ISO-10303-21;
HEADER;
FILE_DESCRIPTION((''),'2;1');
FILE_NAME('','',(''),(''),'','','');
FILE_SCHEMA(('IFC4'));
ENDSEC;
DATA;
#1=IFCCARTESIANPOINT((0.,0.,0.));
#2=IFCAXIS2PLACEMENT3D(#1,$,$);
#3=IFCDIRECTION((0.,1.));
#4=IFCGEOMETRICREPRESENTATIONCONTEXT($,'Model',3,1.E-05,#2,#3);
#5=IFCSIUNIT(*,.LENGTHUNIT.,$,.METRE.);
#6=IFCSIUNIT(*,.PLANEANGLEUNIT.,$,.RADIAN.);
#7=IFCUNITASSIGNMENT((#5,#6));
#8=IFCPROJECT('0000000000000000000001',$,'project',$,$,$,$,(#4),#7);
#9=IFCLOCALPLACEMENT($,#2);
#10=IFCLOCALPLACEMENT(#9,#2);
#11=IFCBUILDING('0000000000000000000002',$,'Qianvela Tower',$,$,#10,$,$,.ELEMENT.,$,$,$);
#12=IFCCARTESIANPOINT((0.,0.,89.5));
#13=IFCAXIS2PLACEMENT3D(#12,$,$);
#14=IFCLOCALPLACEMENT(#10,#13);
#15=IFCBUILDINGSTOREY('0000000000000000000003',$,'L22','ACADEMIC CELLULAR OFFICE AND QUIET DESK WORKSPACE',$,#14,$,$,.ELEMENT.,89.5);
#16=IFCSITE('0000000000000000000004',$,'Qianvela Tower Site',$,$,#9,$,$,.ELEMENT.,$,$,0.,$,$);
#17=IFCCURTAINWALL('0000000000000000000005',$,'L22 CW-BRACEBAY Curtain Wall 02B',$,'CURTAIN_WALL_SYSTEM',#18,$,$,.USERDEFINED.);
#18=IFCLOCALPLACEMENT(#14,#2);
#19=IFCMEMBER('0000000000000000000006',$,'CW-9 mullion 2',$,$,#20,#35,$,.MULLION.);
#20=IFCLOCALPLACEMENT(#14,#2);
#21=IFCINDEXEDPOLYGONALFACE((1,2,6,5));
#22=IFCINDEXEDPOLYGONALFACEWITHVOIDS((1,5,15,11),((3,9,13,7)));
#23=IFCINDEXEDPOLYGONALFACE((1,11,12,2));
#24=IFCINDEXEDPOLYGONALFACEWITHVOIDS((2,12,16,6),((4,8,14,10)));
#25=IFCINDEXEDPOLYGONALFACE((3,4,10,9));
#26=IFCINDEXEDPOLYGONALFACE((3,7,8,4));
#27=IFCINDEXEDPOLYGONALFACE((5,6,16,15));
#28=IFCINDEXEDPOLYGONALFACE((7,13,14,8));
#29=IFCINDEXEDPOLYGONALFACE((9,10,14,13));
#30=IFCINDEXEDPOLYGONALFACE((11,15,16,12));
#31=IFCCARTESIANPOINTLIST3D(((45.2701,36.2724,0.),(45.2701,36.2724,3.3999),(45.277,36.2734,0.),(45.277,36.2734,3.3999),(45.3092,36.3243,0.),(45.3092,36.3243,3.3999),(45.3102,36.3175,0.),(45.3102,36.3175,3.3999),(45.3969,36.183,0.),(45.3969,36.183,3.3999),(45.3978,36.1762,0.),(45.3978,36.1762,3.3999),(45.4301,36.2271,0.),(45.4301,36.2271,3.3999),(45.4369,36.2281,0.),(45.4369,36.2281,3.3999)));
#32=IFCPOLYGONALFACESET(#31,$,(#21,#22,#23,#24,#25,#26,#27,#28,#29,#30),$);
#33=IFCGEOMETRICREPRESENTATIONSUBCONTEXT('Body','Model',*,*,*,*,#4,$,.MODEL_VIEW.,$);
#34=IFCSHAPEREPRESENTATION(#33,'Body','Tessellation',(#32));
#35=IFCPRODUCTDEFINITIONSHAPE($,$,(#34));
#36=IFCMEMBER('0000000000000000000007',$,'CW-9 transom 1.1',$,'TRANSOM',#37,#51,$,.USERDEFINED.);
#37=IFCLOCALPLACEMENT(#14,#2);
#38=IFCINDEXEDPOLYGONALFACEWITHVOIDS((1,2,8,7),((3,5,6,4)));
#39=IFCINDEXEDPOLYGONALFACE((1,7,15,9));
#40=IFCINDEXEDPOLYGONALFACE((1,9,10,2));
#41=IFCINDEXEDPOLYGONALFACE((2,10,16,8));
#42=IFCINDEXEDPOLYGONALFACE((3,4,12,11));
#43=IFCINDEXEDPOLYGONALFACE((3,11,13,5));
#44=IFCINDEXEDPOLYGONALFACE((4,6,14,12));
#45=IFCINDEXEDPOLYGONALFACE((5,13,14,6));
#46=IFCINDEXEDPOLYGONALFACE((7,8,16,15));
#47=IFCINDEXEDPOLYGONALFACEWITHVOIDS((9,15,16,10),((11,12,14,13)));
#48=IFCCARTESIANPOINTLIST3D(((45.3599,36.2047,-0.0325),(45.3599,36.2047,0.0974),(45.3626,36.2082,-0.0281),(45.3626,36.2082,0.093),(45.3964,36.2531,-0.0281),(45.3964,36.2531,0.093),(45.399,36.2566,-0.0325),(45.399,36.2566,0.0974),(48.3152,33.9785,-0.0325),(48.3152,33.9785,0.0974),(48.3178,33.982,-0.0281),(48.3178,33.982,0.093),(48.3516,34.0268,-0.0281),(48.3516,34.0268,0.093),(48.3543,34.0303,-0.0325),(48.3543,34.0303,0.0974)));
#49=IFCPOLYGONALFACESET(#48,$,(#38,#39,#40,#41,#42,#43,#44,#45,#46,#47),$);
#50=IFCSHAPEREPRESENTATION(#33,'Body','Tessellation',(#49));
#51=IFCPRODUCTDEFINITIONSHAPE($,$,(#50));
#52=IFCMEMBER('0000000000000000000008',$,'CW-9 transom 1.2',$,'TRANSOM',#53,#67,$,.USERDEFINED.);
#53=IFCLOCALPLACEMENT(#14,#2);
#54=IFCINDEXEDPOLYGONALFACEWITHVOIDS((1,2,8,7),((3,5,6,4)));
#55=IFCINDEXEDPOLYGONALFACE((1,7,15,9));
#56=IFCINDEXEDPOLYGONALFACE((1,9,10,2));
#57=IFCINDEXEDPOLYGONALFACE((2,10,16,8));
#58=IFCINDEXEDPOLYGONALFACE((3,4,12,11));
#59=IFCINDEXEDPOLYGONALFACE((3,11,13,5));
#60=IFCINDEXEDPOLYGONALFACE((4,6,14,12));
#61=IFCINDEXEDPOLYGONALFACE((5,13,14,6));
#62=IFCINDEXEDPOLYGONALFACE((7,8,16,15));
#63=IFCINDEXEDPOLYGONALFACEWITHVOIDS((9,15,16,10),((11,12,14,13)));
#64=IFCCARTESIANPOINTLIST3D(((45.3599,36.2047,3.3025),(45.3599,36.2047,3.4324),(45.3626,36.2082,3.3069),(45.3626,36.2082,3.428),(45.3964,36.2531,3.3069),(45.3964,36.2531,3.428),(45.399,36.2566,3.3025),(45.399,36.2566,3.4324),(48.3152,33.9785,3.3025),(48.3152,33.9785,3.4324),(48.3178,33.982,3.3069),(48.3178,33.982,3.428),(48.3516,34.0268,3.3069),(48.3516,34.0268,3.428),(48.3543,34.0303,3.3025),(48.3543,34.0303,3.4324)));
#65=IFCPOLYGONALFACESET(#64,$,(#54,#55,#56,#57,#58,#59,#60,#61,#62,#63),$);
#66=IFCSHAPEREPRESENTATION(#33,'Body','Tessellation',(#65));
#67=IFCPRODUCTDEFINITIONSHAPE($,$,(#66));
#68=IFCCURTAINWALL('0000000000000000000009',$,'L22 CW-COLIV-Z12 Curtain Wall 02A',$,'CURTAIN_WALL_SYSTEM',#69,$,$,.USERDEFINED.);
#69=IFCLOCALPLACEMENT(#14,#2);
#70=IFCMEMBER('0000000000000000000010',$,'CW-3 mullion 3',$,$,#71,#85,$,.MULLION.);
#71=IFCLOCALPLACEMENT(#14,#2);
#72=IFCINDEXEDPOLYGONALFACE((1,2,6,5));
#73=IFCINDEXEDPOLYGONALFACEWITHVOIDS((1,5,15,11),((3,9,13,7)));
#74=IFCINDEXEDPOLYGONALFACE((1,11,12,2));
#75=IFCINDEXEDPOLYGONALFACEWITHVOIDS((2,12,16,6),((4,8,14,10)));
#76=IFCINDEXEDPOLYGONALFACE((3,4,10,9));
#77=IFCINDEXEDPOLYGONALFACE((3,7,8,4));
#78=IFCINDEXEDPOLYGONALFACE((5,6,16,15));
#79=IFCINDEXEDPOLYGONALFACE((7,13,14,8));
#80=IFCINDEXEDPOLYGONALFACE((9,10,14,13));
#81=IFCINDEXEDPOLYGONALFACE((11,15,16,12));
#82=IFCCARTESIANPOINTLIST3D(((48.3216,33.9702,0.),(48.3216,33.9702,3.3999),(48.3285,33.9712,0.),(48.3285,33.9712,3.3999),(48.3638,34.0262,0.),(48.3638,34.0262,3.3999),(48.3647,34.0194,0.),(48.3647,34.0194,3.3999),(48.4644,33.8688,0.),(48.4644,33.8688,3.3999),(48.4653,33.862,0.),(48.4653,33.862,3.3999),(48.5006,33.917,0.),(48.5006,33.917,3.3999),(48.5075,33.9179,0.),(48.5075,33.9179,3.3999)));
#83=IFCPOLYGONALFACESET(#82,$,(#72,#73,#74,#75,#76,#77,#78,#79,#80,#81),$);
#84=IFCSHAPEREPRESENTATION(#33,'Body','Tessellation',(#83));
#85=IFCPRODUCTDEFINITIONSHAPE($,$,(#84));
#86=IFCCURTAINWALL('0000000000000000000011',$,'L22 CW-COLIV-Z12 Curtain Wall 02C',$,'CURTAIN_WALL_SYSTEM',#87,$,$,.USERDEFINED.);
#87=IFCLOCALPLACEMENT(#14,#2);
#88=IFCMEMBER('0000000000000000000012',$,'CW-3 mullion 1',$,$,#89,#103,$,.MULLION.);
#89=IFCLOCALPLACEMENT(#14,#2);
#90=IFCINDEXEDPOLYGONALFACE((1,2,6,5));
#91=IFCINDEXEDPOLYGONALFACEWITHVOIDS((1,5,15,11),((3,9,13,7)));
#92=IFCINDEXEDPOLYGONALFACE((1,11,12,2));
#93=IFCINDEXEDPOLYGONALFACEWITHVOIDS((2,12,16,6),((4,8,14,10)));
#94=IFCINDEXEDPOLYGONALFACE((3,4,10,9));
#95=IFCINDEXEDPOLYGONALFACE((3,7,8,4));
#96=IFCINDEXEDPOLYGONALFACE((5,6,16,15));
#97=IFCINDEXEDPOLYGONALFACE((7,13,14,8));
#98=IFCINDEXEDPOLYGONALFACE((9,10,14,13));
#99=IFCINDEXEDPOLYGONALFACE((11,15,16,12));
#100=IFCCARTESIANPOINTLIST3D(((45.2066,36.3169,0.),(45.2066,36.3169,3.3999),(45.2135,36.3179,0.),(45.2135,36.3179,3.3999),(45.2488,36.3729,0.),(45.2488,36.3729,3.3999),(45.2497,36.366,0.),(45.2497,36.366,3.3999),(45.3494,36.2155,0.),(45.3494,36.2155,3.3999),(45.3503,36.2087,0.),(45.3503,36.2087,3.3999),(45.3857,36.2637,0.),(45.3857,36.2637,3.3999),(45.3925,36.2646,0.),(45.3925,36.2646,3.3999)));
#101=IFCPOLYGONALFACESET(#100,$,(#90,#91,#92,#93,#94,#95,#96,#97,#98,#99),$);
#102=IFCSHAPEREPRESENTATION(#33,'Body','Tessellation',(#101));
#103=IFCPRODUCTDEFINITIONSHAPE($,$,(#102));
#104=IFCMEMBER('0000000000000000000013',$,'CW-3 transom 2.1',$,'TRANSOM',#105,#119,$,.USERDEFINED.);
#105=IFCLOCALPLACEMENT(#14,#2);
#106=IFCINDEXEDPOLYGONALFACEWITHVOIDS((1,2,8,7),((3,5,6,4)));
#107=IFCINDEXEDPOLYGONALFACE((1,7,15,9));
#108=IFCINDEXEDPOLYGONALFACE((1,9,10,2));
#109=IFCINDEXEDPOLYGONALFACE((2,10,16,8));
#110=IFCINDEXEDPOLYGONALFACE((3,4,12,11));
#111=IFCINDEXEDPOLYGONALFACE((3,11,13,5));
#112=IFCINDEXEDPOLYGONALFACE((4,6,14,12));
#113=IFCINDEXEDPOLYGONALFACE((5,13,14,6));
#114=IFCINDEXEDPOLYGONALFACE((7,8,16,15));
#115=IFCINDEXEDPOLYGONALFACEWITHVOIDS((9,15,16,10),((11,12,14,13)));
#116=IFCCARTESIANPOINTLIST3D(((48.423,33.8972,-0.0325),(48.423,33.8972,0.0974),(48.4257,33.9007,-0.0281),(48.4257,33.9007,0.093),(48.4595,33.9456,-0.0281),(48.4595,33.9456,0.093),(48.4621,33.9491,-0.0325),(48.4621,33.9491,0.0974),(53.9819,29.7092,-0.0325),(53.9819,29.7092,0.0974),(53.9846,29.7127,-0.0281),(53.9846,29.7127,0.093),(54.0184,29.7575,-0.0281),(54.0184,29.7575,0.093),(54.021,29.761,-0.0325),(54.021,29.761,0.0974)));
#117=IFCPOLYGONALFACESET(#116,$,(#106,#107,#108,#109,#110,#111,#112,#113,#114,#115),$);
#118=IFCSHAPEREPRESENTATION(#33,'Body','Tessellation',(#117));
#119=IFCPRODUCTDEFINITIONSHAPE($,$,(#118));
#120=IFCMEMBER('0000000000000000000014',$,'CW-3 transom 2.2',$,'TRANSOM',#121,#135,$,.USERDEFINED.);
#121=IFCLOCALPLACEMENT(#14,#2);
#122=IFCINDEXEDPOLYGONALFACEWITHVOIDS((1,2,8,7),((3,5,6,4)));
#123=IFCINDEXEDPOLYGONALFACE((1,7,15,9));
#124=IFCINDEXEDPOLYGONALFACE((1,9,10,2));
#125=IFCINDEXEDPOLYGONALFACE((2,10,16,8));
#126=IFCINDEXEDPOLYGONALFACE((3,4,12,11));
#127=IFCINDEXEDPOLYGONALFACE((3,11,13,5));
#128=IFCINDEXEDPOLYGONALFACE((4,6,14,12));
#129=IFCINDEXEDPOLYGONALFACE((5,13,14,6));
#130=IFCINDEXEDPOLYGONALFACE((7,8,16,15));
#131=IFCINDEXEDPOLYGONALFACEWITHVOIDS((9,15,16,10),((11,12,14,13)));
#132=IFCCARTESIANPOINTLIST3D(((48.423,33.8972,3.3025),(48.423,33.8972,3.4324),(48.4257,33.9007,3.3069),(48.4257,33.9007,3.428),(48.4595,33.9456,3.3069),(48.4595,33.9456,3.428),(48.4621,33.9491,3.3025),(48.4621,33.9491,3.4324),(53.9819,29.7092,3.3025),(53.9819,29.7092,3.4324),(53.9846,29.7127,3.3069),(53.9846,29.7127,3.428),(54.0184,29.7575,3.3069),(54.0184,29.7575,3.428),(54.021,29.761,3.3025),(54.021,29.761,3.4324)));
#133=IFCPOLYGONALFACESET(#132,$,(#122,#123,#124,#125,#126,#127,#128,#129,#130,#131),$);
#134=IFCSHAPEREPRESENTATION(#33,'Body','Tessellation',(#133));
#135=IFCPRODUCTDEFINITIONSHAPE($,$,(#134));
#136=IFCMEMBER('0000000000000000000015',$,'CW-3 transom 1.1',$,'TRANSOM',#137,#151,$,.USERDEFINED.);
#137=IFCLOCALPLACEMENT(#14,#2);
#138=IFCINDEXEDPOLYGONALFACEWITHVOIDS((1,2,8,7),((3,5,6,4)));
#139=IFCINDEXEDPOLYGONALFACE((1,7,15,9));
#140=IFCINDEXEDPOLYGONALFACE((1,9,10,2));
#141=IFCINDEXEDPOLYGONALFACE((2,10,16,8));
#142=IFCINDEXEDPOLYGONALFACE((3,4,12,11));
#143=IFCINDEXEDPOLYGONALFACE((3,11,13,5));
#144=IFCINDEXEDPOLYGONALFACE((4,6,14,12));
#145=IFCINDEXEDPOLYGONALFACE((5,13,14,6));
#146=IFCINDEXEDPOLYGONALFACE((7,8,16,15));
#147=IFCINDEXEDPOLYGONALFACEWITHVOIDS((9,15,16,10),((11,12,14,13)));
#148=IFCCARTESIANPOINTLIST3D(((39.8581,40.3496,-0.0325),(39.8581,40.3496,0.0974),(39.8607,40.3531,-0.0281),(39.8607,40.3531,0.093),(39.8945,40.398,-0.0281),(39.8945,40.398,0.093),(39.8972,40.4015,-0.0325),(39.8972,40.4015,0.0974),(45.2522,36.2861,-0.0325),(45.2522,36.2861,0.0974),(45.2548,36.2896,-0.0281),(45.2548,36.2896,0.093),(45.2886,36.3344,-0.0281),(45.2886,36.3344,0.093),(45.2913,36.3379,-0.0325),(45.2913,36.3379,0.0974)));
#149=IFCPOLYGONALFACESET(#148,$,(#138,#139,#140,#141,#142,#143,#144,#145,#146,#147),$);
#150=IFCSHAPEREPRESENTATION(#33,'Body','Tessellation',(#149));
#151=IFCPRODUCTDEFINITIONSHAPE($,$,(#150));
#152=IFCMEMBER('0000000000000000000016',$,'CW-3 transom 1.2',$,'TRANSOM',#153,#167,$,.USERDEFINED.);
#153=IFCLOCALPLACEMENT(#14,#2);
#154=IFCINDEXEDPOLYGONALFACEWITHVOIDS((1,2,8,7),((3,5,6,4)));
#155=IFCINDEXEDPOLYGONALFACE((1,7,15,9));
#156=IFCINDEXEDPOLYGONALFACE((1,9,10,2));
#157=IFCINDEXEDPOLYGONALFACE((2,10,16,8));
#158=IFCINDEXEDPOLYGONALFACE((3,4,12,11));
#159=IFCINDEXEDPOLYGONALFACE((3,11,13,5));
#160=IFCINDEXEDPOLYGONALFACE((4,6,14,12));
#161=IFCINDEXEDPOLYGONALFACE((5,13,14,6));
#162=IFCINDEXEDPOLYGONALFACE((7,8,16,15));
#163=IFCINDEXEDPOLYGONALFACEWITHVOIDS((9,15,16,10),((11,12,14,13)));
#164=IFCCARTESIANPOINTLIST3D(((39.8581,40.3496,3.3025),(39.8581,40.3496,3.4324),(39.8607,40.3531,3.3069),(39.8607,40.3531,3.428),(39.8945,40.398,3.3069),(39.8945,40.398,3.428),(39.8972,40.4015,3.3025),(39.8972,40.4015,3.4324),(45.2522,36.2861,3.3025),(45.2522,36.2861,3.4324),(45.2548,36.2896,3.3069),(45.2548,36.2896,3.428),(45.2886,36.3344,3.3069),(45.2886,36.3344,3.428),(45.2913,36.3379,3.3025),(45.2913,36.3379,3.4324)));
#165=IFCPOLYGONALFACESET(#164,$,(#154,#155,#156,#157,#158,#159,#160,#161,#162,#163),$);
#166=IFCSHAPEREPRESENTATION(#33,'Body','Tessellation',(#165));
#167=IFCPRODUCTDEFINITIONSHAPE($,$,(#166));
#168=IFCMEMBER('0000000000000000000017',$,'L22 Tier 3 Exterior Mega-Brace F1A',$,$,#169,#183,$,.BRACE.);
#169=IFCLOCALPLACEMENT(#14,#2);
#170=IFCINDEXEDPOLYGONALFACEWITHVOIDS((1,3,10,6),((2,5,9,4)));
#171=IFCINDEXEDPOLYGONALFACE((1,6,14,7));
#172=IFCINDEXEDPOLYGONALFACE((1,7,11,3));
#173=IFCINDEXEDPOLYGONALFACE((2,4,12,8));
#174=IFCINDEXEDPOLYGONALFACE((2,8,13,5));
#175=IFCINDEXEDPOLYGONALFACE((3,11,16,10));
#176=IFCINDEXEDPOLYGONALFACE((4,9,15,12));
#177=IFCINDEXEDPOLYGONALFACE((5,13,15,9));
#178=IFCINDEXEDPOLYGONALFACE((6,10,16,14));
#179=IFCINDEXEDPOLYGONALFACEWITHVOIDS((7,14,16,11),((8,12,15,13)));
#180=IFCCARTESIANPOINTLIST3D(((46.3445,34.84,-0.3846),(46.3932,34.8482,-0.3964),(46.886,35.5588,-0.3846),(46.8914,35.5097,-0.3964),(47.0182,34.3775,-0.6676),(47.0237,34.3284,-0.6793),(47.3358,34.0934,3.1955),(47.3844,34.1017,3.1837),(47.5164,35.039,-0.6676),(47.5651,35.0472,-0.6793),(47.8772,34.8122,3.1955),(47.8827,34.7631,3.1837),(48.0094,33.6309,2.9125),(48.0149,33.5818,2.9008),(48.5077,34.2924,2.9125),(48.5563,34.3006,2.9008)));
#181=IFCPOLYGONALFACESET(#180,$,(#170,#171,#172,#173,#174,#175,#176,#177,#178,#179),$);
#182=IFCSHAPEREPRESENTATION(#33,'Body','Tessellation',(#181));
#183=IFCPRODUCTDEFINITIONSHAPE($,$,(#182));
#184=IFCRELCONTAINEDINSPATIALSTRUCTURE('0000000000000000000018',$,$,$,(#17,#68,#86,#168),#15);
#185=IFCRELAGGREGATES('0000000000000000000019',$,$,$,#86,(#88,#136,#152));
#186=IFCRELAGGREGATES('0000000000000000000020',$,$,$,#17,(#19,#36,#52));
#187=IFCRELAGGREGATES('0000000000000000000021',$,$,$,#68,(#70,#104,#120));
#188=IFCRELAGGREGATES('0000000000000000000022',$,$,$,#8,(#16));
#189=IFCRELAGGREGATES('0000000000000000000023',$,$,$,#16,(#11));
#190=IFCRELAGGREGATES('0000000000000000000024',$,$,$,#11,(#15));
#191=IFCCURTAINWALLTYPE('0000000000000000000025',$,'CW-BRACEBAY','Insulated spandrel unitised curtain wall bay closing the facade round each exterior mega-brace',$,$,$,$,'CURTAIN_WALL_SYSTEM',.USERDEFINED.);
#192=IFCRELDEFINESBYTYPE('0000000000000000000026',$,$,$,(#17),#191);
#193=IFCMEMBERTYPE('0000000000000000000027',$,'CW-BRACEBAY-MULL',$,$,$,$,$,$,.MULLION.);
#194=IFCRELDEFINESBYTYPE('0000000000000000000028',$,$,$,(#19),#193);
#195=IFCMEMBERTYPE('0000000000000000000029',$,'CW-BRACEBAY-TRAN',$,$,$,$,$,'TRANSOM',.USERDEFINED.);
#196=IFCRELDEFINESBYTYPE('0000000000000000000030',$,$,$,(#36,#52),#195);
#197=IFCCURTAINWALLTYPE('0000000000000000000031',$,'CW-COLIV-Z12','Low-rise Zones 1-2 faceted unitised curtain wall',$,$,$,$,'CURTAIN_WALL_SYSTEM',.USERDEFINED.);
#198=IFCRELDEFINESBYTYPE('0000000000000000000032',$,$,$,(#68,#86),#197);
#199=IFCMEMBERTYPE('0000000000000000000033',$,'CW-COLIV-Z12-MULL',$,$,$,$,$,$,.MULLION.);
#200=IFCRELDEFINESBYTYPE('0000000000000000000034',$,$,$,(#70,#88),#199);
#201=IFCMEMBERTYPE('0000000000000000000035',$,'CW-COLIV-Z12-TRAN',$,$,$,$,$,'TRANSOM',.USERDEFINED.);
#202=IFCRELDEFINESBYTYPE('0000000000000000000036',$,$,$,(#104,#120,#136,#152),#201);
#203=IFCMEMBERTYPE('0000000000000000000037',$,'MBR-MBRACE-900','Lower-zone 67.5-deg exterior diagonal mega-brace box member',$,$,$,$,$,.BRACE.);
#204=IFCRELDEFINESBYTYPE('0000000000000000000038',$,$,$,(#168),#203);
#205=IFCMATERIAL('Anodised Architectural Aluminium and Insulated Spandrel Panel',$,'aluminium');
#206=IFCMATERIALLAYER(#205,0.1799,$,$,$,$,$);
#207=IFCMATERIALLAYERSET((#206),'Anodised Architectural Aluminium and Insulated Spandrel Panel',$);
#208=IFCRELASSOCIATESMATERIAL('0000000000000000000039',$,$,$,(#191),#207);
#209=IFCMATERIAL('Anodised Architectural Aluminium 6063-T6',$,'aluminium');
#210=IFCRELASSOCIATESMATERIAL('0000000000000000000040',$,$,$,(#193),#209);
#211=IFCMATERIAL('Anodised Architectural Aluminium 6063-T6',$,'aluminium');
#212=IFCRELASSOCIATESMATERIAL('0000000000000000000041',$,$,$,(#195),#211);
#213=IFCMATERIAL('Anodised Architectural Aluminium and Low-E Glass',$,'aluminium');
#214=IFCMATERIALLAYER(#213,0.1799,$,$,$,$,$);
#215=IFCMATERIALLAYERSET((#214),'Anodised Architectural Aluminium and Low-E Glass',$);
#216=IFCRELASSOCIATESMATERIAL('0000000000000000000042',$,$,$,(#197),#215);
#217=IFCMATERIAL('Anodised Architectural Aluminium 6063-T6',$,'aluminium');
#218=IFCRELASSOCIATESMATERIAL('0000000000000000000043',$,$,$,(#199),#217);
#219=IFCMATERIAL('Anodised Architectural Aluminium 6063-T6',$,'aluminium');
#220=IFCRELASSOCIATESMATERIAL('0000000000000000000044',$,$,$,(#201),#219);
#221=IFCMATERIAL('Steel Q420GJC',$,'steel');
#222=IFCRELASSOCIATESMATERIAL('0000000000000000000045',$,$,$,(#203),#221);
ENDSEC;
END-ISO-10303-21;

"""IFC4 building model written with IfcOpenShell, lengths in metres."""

from ifc_helpers import new_model, si_unit, direction, frame, origin, origin_2d, place, context, subcontext, project, spatial, hollow_rectangle, extrude, material, layer, layer_set, material_profile, profile_set, type_object, element, aggregate, save


model = new_model("IFC4")

# Units and contexts
model_context = context("Model", 3, precision=1e-05, world=origin(), true_north=direction((0.0, 1.0)))
body_context = subcontext(model_context, "Body", "Model", "MODEL_VIEW")
ifc_project = project(units=[si_unit("LENGTHUNIT", "METRE"), si_unit("PLANEANGLEUNIT", "RADIAN")], contexts=[model_context])

# Site, building, storey
site_placement = place(None, origin())
site = spatial("IfcSite", under=ifc_project, at=site_placement, Name="Qianvela Tower Site", CompositionType="ELEMENT", RefElevation=0.0)
building_placement = place(site_placement, origin())
building = spatial("IfcBuilding", under=site, at=building_placement, Name="Qianvela Tower", CompositionType="ELEMENT")
storey_placement = place(building_placement, frame((0.0, 0.0, 89.5)))
storey = spatial("IfcBuildingStorey", under=building, at=storey_placement, Name="L22", Description="ACADEMIC CELLULAR OFFICE AND QUIET DESK WORKSPACE", CompositionType="ELEMENT", Elevation=89.5)

# Curtain wall, members
ifc_material_1 = material(Name="Anodised Architectural Aluminium and Insulated Spandrel Panel", Category="aluminium")
ifc_layer_1 = layer(ifc_material_1, 0.1799)
ifc_layer_set_1 = layer_set([ifc_layer_1], Name="Anodised Architectural Aluminium and Insulated Spandrel Panel")
curtain_wall_type_1 = type_object("IfcCurtainWallType", Name="CW-BRACEBAY", Description="Insulated spandrel unitised curtain wall bay closing the facade round each exterior mega-brace", ElementType="CURTAIN_WALL_SYSTEM", PredefinedType="USERDEFINED", material=ifc_layer_set_1)
curtain_wall_1_placement = place(storey_placement, origin())
curtain_wall_1 = element("IfcCurtainWall", 1, at=curtain_wall_1_placement, inside=storey, type_object=curtain_wall_type_1, Name="L22 CW-BRACEBAY Curtain Wall 02B", ObjectType="CURTAIN_WALL_SYSTEM", PredefinedType="USERDEFINED")
ifc_material_2 = material(Name="Anodised Architectural Aluminium 6063-T6", Category="aluminium")
ifc_material_profile_1 = material_profile(ifc_material_2, hollow_rectangle(XDim=0.0649, YDim=0.1599, WallThickness=0.0049, at=origin_2d()), Name="ALU-MULL-65x160")
ifc_profile_set_1 = profile_set([ifc_material_profile_1], Name="Anodised Architectural Aluminium 6063-T6")
member_type_1 = type_object("IfcMemberType", Name="CW-BRACEBAY-MULL", PredefinedType="MULLION", material=ifc_profile_set_1)
member_1_placement = place(storey_placement, frame((45.3535, 36.2502, 0.0), z_axis=(0.0, 0.0, 1.0), x_axis=(-0.601728, -0.798701, 0.0)))
member_1 = element("IfcMember", 2, at=member_1_placement, type_object=member_type_1, Name="CW-9 mullion 2", PredefinedType="MULLION", context=body_context, shape_type="SweptSolid", body=[
    extrude(hollow_rectangle(XDim=0.0649, YDim=0.1599, WallThickness=0.0049, at=origin_2d()), origin(), (0.0, 0.0, 1.0), 3.3999),
])
ifc_material_3 = material(Name="Anodised Architectural Aluminium 6063-T6", Category="aluminium")
ifc_material_profile_2 = material_profile(ifc_material_3, hollow_rectangle(XDim=0.0649, YDim=0.1299, WallThickness=0.0044, at=origin_2d()), Name="ALU-TRAN-65x130")
ifc_profile_set_2 = profile_set([ifc_material_profile_2], Name="Anodised Architectural Aluminium 6063-T6")
member_type_2 = type_object("IfcMemberType", Name="CW-BRACEBAY-TRAN", ElementType="TRANSOM", PredefinedType="USERDEFINED", material=ifc_profile_set_2)
member_2_placement = place(storey_placement, frame((48.3347, 34.0044, 0.0325), z_axis=(-0.798723, 0.601698, 0.0), x_axis=(-0.601698, -0.798723, 0.0)))
member_2 = element("IfcMember", 3, at=member_2_placement, type_object=member_type_2, Name="CW-9 transom 1.1", ObjectType="TRANSOM", PredefinedType="USERDEFINED", context=body_context, shape_type="SweptSolid", body=[
    extrude(hollow_rectangle(XDim=0.0649, YDim=0.1299, WallThickness=0.0044, at=origin_2d()), origin(), (0.0, 0.0, 1.0), 3.7),
])
member_3_placement = place(storey_placement, frame((48.3347, 34.0044, 3.3674), z_axis=(-0.798723, 0.601698, 0.0), x_axis=(-0.601698, -0.798723, 0.0)))
member_3 = element("IfcMember", 4, at=member_3_placement, type_object=member_type_2, Name="CW-9 transom 1.2", ObjectType="TRANSOM", PredefinedType="USERDEFINED", context=body_context, shape_type="SweptSolid", body=[
    extrude(hollow_rectangle(XDim=0.0649, YDim=0.1299, WallThickness=0.0044, at=origin_2d()), origin(), (0.0, 0.0, 1.0), 3.7),
])

# Curtain walls, members
ifc_material_4 = material(Name="Anodised Architectural Aluminium and Low-E Glass", Category="aluminium")
ifc_layer_2 = layer(ifc_material_4, 0.1799)
ifc_layer_set_2 = layer_set([ifc_layer_2], Name="Anodised Architectural Aluminium and Low-E Glass")
curtain_wall_type_2 = type_object("IfcCurtainWallType", Name="CW-COLIV-Z12", Description="Low-rise Zones 1-2 faceted unitised curtain wall", ElementType="CURTAIN_WALL_SYSTEM", PredefinedType="USERDEFINED", material=ifc_layer_set_2)
curtain_wall_2_placement = place(storey_placement, origin())
curtain_wall_2 = element("IfcCurtainWall", 5, at=curtain_wall_2_placement, inside=storey, type_object=curtain_wall_type_2, Name="L22 CW-COLIV-Z12 Curtain Wall 02A", ObjectType="CURTAIN_WALL_SYSTEM", PredefinedType="USERDEFINED")
ifc_material_5 = material(Name="Anodised Architectural Aluminium 6063-T6", Category="aluminium")
ifc_material_profile_3 = material_profile(ifc_material_5, hollow_rectangle(XDim=0.0701, YDim=0.1799, WallThickness=0.0049, at=origin_2d()), Name="ALU-MULL-70x180")
ifc_profile_set_3 = profile_set([ifc_material_profile_3], Name="Anodised Architectural Aluminium 6063-T6")
member_type_3 = type_object("IfcMemberType", Name="CW-COLIV-Z12-MULL", PredefinedType="MULLION", material=ifc_profile_set_3)
member_4_placement = place(storey_placement, frame((48.4146, 33.9441, 0.0), z_axis=(0.0, 0.0, 1.0), x_axis=(-0.601718, -0.798709, 0.0)))
member_4 = element("IfcMember", 6, at=member_4_placement, type_object=member_type_3, Name="CW-3 mullion 3", PredefinedType="MULLION", context=body_context, shape_type="SweptSolid", body=[
    extrude(hollow_rectangle(XDim=0.0701, YDim=0.1799, WallThickness=0.0049, at=origin_2d()), origin(), (0.0, 0.0, 1.0), 3.3999),
])
curtain_wall_3_placement = place(storey_placement, origin())
curtain_wall_3 = element("IfcCurtainWall", 7, at=curtain_wall_3_placement, inside=storey, type_object=curtain_wall_type_2, Name="L22 CW-COLIV-Z12 Curtain Wall 02C", ObjectType="CURTAIN_WALL_SYSTEM", PredefinedType="USERDEFINED")
member_5_placement = place(storey_placement, frame((45.2996, 36.2908, 0.0), z_axis=(0.0, 0.0, 1.0), x_axis=(-0.601713, -0.798712, 0.0)))
member_5 = element("IfcMember", 8, at=member_5_placement, type_object=member_type_3, Name="CW-3 mullion 1", PredefinedType="MULLION", context=body_context, shape_type="SweptSolid", body=[
    extrude(hollow_rectangle(XDim=0.0701, YDim=0.1799, WallThickness=0.0049, at=origin_2d()), origin(), (0.0, 0.0, 1.0), 3.3999),
])

# Members
ifc_material_6 = material(Name="Anodised Architectural Aluminium 6063-T6", Category="aluminium")
ifc_material_profile_4 = material_profile(ifc_material_6, hollow_rectangle(XDim=0.0649, YDim=0.1299, WallThickness=0.0044, at=origin_2d()), Name="ALU-TRAN-65x130")
ifc_profile_set_4 = profile_set([ifc_material_profile_4], Name="Anodised Architectural Aluminium 6063-T6")
member_type_4 = type_object("IfcMemberType", Name="CW-COLIV-Z12-TRAN", ElementType="TRANSOM", PredefinedType="USERDEFINED", material=ifc_profile_set_4)
member_6_placement = place(storey_placement, frame((54.0015, 29.7351, 0.0325), z_axis=(-0.798697, 0.601733, 0.0), x_axis=(-0.601733, -0.798697, 0.0)))
member_6 = element("IfcMember", 9, at=member_6_placement, type_object=member_type_4, Name="CW-3 transom 2.1", ObjectType="TRANSOM", PredefinedType="USERDEFINED", context=body_context, shape_type="SweptSolid", body=[
    extrude(hollow_rectangle(XDim=0.0649, YDim=0.1299, WallThickness=0.0044, at=origin_2d()), origin(), (0.0, 0.0, 1.0), 6.96),
])
member_7_placement = place(storey_placement, frame((54.0015, 29.7351, 3.3674), z_axis=(-0.798697, 0.601733, 0.0), x_axis=(-0.601733, -0.798697, 0.0)))
member_7 = element("IfcMember", 10, at=member_7_placement, type_object=member_type_4, Name="CW-3 transom 2.2", ObjectType="TRANSOM", PredefinedType="USERDEFINED", context=body_context, shape_type="SweptSolid", body=[
    extrude(hollow_rectangle(XDim=0.0649, YDim=0.1299, WallThickness=0.0044, at=origin_2d()), origin(), (0.0, 0.0, 1.0), 6.96),
])
member_8_placement = place(storey_placement, frame((45.2717, 36.312, 0.0325), z_axis=(-0.798723, 0.601699, 0.0), x_axis=(-0.601699, -0.798723, 0.0)))
member_8 = element("IfcMember", 11, at=member_8_placement, type_object=member_type_4, Name="CW-3 transom 1.1", ObjectType="TRANSOM", PredefinedType="USERDEFINED", context=body_context, shape_type="SweptSolid", body=[
    extrude(hollow_rectangle(XDim=0.0649, YDim=0.1299, WallThickness=0.0044, at=origin_2d()), origin(), (0.0, 0.0, 1.0), 6.7534),
])
member_9_placement = place(storey_placement, frame((45.2717, 36.312, 3.3674), z_axis=(-0.798723, 0.601699, 0.0), x_axis=(-0.601699, -0.798723, 0.0)))
member_9 = element("IfcMember", 12, at=member_9_placement, type_object=member_type_4, Name="CW-3 transom 1.2", ObjectType="TRANSOM", PredefinedType="USERDEFINED", context=body_context, shape_type="SweptSolid", body=[
    extrude(hollow_rectangle(XDim=0.0649, YDim=0.1299, WallThickness=0.0044, at=origin_2d()), origin(), (0.0, 0.0, 1.0), 6.7534),
])
aggregate(curtain_wall_3, [member_5, member_8, member_9])

# Member
ifc_material_7 = material(Name="Steel Q420GJC", Category="steel")
ifc_material_profile_5 = material_profile(ifc_material_7, hollow_rectangle(XDim=0.8999, YDim=0.8999, WallThickness=0.0359, at=origin_2d()), Name="MBOX-900x900x36")
ifc_profile_set_5 = profile_set([ifc_material_profile_5], Name="Steel Q420GJC")
member_type_5 = type_object("IfcMemberType", Name="MBR-MBRACE-900", Description="Lower-zone 67.5-deg exterior diagonal mega-brace box member", PredefinedType="BRACE", material=ifc_profile_set_5)
member_10_placement = place(storey_placement, frame((46.9548, 34.9436, -0.532), z_axis=(0.261599, -0.197037, 0.94485), x_axis=(0.601636, 0.798771, 0.0)))
element("IfcMember", 13, at=member_10_placement, inside=storey, type_object=member_type_5, Name="L22 Tier 3 Exterior Mega-Brace F1A", PredefinedType="BRACE", context=body_context, shape_type="SweptSolid", body=[
    extrude(hollow_rectangle(XDim=0.8999, YDim=0.8999, WallThickness=0.0359, at=origin_2d()), origin(), (0.0, 0.0, 1.0), 3.7891),
])

aggregate(curtain_wall_1, [member_1, member_2, member_3])
aggregate(curtain_wall_2, [member_4, member_6, member_7])

save(model, "model.ifc")
